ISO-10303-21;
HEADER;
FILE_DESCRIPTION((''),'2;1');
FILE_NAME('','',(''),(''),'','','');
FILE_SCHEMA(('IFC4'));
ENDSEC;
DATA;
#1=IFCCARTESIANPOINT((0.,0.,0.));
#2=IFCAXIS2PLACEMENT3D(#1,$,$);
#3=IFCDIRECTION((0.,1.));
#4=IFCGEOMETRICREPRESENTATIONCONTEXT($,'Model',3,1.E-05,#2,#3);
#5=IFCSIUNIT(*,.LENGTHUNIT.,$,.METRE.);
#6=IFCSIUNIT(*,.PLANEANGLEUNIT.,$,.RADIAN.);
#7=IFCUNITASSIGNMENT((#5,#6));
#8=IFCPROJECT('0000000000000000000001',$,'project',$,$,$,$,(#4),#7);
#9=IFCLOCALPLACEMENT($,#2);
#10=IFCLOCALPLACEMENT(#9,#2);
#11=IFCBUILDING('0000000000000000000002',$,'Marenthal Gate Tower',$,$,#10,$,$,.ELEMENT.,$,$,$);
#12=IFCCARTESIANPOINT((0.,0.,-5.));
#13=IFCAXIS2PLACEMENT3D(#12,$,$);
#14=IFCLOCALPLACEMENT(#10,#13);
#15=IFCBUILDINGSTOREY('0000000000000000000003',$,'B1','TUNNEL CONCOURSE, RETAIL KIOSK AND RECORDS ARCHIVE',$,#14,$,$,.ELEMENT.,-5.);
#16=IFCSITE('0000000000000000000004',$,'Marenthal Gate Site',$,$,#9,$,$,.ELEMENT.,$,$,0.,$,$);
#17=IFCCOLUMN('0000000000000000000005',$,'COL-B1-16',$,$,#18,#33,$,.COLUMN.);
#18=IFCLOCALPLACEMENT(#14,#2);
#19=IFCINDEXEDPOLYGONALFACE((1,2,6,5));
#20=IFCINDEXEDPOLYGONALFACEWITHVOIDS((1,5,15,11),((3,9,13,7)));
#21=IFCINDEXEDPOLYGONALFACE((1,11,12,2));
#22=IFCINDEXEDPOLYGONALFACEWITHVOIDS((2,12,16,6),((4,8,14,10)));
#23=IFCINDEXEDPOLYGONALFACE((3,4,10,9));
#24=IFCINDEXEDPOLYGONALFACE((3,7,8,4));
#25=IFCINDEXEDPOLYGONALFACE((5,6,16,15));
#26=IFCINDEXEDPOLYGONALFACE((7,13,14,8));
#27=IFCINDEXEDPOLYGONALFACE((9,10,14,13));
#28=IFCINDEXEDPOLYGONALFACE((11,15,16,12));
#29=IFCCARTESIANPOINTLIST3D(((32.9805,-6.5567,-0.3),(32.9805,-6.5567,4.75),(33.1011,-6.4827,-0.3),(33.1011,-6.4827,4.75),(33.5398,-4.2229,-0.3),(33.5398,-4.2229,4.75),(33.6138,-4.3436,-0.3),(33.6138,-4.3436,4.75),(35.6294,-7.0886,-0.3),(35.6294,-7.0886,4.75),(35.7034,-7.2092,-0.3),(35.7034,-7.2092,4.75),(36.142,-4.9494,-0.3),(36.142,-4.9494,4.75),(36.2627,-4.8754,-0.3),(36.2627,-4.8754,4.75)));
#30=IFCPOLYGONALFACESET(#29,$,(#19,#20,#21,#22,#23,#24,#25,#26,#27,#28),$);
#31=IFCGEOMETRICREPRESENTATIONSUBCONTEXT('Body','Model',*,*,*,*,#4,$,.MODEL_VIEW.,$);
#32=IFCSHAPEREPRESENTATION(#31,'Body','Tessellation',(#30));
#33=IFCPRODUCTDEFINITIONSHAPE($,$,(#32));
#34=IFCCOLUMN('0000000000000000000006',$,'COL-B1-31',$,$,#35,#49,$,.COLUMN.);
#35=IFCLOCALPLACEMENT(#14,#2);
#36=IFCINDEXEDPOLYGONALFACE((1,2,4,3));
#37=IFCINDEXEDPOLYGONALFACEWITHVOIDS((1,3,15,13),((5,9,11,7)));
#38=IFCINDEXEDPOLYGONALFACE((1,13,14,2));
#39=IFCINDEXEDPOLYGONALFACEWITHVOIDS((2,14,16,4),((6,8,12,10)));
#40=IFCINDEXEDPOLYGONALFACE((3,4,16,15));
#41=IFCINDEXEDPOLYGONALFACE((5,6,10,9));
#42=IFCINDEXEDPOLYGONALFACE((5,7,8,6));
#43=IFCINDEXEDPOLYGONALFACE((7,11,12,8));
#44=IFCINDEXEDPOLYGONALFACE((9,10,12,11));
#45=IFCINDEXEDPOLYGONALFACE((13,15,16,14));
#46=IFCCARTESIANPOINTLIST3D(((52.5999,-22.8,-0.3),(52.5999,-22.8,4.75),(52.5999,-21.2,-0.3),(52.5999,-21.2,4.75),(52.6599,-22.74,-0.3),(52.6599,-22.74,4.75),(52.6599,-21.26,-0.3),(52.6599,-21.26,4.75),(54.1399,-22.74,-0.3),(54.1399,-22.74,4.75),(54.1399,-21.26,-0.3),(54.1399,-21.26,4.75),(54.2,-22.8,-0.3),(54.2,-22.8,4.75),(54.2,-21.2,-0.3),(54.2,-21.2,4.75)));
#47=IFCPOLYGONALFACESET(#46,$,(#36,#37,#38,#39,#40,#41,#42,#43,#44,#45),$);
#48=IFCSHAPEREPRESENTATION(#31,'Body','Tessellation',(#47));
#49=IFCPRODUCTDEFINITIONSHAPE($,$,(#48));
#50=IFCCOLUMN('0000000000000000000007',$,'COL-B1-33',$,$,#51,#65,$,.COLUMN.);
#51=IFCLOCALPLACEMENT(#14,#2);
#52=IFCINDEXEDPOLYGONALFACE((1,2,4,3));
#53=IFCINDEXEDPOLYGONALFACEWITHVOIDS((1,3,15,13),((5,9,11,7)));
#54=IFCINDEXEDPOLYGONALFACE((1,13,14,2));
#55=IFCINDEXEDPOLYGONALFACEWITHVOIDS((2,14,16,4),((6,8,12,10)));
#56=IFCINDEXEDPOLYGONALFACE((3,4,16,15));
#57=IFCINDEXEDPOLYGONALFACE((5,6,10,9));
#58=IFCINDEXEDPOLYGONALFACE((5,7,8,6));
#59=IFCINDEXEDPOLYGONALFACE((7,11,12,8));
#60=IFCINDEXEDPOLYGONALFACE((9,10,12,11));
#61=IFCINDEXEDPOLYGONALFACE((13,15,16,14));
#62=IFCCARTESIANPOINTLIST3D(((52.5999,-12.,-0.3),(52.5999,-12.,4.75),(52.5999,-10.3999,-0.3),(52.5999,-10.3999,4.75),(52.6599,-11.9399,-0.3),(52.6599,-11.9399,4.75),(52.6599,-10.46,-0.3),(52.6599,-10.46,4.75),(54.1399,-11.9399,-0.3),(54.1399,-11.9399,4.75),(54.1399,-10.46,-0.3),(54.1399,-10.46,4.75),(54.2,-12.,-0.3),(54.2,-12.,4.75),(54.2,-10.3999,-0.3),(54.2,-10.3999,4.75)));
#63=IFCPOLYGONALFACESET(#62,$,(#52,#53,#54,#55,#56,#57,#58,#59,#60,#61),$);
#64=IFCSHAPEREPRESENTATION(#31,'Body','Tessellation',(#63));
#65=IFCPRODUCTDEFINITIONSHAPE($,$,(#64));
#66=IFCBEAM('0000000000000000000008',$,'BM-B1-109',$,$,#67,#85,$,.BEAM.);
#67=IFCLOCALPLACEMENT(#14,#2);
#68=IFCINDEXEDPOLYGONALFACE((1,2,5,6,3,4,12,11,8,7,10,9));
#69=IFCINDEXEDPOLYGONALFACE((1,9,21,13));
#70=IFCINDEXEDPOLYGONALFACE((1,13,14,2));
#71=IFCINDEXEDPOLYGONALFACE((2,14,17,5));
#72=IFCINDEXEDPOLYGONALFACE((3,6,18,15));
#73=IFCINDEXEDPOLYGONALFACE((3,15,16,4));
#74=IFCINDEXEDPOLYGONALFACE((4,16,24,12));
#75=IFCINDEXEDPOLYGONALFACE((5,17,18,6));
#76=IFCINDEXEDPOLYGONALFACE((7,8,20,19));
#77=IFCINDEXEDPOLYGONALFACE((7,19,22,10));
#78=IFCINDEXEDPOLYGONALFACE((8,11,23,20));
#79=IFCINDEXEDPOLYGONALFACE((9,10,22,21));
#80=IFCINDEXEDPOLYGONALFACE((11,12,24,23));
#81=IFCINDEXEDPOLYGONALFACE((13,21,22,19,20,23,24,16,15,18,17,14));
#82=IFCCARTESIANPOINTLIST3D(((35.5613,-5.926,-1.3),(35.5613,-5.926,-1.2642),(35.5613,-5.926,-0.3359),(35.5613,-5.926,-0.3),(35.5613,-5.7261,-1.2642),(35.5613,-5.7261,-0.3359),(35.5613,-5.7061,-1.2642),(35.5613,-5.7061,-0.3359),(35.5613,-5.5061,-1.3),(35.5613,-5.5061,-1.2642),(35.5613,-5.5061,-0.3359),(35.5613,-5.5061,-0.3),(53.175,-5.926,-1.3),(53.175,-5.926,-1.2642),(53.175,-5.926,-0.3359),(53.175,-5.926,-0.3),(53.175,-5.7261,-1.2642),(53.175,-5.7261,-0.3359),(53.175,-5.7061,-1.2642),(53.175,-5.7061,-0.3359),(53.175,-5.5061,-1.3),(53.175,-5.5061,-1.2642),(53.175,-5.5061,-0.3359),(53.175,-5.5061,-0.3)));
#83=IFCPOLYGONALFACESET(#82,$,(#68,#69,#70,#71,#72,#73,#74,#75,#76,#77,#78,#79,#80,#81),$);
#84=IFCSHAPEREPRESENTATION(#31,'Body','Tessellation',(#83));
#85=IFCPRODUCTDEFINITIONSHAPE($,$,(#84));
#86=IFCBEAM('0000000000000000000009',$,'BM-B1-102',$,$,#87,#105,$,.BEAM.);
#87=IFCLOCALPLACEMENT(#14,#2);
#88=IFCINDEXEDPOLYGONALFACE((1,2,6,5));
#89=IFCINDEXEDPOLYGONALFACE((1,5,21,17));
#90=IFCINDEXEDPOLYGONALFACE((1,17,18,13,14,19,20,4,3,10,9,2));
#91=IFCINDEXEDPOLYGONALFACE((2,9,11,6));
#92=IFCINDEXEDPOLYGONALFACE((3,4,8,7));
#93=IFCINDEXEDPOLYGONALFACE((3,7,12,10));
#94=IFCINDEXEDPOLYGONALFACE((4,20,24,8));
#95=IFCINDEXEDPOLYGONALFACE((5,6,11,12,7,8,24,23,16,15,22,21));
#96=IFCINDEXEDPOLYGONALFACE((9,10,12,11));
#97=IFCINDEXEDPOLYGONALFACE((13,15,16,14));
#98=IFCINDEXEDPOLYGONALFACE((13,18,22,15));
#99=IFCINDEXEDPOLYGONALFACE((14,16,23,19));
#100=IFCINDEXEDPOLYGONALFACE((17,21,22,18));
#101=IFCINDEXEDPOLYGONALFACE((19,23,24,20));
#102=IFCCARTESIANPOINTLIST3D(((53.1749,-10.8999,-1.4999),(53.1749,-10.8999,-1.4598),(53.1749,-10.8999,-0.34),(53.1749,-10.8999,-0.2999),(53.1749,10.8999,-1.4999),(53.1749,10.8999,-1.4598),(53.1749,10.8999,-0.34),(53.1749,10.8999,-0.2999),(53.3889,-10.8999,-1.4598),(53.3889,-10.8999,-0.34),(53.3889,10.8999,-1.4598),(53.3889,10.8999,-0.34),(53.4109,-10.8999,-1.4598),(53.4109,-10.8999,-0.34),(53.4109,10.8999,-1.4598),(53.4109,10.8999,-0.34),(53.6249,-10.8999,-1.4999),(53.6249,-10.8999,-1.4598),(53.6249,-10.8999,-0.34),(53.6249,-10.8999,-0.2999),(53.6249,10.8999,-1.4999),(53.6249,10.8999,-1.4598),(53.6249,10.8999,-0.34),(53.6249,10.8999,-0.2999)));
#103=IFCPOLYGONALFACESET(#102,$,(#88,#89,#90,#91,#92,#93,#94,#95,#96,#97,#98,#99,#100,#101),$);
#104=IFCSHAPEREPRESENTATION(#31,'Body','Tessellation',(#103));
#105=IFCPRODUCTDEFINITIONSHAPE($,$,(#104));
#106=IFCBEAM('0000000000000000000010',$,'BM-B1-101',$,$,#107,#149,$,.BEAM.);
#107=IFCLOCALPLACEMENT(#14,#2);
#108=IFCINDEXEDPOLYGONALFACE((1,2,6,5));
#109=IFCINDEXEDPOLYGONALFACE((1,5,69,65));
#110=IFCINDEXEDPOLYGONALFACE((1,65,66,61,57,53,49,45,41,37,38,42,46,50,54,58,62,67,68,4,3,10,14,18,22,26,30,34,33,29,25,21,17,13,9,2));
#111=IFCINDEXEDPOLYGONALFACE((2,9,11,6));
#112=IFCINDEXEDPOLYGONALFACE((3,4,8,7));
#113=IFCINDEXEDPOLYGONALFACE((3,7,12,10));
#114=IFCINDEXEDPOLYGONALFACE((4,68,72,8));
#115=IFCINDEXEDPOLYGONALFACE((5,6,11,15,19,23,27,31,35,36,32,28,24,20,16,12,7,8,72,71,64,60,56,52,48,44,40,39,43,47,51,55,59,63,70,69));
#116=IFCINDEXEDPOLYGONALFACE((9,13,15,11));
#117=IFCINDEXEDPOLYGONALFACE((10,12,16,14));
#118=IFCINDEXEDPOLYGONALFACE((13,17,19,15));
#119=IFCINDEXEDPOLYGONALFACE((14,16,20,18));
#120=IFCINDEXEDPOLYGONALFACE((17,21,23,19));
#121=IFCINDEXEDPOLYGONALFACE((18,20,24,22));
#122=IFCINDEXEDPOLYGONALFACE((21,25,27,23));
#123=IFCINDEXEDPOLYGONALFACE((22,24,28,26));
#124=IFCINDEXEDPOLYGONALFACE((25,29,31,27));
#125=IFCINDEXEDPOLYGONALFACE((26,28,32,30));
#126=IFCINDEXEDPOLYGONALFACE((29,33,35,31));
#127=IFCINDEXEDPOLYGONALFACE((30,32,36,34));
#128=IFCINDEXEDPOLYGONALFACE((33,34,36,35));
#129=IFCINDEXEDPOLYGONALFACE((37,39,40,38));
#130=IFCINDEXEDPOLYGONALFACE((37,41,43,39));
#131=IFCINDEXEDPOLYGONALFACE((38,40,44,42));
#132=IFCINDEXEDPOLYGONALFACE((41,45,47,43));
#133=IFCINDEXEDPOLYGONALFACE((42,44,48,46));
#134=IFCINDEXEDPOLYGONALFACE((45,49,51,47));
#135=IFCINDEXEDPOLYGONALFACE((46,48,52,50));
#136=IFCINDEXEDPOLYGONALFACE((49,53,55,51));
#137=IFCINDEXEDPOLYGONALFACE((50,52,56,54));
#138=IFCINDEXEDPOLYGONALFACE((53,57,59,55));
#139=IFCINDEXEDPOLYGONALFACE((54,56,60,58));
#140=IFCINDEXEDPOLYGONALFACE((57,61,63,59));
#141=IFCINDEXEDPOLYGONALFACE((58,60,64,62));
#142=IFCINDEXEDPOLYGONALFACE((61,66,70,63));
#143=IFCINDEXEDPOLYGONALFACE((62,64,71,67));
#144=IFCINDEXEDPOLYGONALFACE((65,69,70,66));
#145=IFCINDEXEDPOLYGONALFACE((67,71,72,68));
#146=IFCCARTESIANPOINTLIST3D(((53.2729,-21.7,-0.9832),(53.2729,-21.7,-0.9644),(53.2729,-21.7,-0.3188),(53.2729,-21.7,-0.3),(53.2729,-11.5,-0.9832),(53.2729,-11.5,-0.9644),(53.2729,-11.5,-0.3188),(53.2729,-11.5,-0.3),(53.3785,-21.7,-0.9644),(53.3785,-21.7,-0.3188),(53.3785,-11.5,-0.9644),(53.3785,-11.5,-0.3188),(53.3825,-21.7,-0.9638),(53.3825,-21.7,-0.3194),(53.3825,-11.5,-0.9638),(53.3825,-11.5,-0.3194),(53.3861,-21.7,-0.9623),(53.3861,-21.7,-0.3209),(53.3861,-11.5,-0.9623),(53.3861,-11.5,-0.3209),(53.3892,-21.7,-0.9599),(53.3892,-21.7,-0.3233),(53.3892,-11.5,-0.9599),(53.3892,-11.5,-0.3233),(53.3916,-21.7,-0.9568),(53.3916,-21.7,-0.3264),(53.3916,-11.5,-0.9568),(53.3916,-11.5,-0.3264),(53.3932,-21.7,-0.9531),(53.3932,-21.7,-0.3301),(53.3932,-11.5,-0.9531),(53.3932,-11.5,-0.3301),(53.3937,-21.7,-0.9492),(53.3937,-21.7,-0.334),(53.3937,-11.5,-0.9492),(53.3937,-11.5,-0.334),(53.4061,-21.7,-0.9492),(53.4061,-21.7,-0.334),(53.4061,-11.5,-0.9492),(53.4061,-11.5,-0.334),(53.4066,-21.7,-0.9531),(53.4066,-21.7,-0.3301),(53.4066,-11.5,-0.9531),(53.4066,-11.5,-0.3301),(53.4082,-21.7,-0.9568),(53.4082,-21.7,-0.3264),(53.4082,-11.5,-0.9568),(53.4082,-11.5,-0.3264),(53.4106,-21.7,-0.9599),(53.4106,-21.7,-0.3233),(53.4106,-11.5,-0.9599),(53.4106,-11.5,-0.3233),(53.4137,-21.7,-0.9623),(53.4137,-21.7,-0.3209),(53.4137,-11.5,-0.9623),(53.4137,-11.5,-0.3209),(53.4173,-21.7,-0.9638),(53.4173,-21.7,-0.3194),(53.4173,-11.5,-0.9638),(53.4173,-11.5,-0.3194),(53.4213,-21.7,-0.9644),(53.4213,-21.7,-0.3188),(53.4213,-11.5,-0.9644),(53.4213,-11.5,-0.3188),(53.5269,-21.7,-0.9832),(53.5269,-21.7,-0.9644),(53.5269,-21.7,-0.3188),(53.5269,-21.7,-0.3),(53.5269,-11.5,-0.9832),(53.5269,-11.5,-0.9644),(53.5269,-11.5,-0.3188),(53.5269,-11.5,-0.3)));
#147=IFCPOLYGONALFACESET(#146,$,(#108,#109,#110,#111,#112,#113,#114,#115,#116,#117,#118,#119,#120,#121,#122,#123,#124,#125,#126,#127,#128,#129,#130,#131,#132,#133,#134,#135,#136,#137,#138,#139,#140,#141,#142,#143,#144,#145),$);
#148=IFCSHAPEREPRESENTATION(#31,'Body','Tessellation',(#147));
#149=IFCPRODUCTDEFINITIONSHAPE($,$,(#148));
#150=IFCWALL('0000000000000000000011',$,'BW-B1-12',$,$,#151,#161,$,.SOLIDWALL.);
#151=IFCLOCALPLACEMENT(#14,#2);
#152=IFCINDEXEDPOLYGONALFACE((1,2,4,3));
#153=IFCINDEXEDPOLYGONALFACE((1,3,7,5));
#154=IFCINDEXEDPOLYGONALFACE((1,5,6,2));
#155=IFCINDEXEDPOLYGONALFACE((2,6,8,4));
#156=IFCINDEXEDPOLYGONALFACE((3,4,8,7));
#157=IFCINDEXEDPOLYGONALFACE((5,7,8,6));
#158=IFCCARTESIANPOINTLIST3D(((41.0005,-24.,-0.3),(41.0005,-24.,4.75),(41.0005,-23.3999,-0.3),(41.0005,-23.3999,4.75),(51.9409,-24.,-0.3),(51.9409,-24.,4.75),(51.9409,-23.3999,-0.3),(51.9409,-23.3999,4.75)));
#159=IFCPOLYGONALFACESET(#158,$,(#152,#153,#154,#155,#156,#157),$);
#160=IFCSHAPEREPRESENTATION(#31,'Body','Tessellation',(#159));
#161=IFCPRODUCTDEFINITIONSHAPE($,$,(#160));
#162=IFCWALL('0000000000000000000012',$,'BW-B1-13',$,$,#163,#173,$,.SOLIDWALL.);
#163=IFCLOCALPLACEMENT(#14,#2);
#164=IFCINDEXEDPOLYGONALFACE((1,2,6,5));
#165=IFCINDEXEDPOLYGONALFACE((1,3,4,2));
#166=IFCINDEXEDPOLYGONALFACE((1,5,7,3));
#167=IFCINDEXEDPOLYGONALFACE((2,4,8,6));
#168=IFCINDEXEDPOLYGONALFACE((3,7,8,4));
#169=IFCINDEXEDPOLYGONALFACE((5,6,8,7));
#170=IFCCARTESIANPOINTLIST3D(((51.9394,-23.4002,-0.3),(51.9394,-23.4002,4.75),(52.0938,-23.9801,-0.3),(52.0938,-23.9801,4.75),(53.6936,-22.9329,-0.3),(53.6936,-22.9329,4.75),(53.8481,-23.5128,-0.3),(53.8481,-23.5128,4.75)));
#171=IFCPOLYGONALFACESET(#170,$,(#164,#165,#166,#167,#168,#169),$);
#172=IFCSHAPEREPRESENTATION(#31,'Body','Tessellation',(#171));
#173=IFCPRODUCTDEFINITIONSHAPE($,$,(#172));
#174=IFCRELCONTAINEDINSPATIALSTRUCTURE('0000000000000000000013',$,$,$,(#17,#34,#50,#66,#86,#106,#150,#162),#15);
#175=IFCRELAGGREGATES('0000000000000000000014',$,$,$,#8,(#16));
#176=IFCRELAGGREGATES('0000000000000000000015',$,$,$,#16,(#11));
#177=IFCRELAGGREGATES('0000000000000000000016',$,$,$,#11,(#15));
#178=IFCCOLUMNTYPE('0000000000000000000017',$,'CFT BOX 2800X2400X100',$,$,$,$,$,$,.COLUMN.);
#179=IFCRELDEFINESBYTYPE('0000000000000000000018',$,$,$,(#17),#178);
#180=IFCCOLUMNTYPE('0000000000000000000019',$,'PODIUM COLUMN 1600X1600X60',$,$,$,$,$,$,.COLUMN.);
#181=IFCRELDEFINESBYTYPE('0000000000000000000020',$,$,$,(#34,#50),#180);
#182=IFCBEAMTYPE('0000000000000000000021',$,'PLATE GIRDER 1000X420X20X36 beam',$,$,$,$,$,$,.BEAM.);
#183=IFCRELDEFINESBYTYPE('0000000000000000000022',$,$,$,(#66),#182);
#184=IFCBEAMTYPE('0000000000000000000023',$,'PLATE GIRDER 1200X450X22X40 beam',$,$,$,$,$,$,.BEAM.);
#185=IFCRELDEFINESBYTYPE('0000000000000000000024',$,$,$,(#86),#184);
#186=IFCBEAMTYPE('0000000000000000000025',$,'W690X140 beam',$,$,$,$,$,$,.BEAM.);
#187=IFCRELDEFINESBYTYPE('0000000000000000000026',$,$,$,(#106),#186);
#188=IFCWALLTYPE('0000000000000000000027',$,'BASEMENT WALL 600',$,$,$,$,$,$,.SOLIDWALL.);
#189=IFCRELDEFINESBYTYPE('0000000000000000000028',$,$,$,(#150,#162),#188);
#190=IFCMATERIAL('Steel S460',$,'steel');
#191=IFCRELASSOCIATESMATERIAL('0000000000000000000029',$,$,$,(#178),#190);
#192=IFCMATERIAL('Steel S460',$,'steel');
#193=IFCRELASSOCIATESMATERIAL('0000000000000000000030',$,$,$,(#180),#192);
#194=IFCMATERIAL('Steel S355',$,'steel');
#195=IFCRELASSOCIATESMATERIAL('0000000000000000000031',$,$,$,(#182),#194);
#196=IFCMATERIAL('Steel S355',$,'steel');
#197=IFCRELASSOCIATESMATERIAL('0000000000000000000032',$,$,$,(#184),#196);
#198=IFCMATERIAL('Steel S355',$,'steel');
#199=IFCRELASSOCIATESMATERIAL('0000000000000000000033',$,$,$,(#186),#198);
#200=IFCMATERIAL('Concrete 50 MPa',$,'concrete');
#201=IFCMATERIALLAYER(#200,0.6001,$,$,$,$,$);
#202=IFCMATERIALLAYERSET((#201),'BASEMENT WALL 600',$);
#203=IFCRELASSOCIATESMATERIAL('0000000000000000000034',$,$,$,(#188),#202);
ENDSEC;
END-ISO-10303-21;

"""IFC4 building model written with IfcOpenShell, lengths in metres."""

from ifc_helpers import new_model, si_unit, direction, frame, frame_2d, origin, origin_2d, place, context, subcontext, project, spatial, rectangle, hollow_rectangle, i_section, extrude, material, layer, layer_set, material_profile, profile_set, type_object, element, save


model = new_model("IFC4")

# Units and contexts
model_context = context("Model", 3, precision=1e-05, world=origin(), true_north=direction((0.0, 1.0)))
body_context = subcontext(model_context, "Body", "Model", "MODEL_VIEW")
ifc_project = project(units=[si_unit("LENGTHUNIT", "METRE"), si_unit("PLANEANGLEUNIT", "RADIAN")], contexts=[model_context])

# Site, building, storey
site_placement = place(None, origin())
site = spatial("IfcSite", under=ifc_project, at=site_placement, Name="Marenthal Gate Site", CompositionType="ELEMENT", RefElevation=0.0)
building_placement = place(site_placement, origin())
building = spatial("IfcBuilding", under=site, at=building_placement, Name="Marenthal Gate Tower", CompositionType="ELEMENT")
storey_placement = place(building_placement, frame((0.0, 0.0, -5.0)))
storey = spatial("IfcBuildingStorey", under=building, at=storey_placement, Name="B1", Description="TUNNEL CONCOURSE, RETAIL KIOSK AND RECORDS ARCHIVE", CompositionType="ELEMENT", Elevation=-5.0)

# Columns
ifc_material_1 = material(Name="Steel S460", Category="steel")
ifc_material_profile_1 = material_profile(ifc_material_1, hollow_rectangle(XDim=2.3999, YDim=2.8, WallThickness=0.1001, at=origin_2d()), Name="CFT BOX 2800X2400X100")
ifc_material_2 = material(Name="Concrete 70 MPa", Category="concrete")
ifc_material_profile_2 = material_profile(ifc_material_2, rectangle(XDim=2.2, YDim=2.6001, at=origin_2d()), Name="CFT BOX 2800X2400X100 INFILL")
ifc_profile_set_1 = profile_set([ifc_material_profile_1, ifc_material_profile_2], Name="Steel S460 shell, Concrete 70 MPa infill")
column_type_1 = type_object("IfcColumnType", Name="CFT BOX 2800X2400X100", PredefinedType="COLUMN", material=ifc_profile_set_1)
column_placement = place(storey_placement, frame((34.6216, -5.7161, -0.3), z_axis=(0.0, 0.0, 1.0), x_axis=(-0.233047, -0.972466, 0.0)))
element("IfcColumn", 1, at=column_placement, inside=storey, type_object=column_type_1, Name="COL-B1-16", PredefinedType="COLUMN", context=body_context, shape_type="SweptSolid", body=[
    extrude(hollow_rectangle(XDim=2.3999, YDim=2.8, WallThickness=0.1001, at=origin_2d()), origin(), (0.0, 0.0, 1.0), 5.05),
])
ifc_material_3 = material(Name="Steel S460", Category="steel")
ifc_material_profile_3 = material_profile(ifc_material_3, hollow_rectangle(XDim=1.6001, YDim=1.6001, WallThickness=0.0601, at=origin_2d()), Name="CFT BOX 1600X1600X60")
ifc_material_4 = material(Name="Concrete 70 MPa", Category="concrete")
ifc_material_profile_4 = material_profile(ifc_material_4, rectangle(XDim=1.48, YDim=1.48, at=origin_2d()), Name="CFT BOX 1600X1600X60 INFILL")
ifc_profile_set_2 = profile_set([ifc_material_profile_3, ifc_material_profile_4], Name="Steel S460 shell, Concrete 70 MPa infill")
column_type_2 = type_object("IfcColumnType", Name="PODIUM COLUMN 1600X1600X60", PredefinedType="COLUMN", material=ifc_profile_set_2)
for number, where, z_axis, x_axis, name in (
    (2, (53.3999, -22.0, -0.3), (0.0, 0.0, 1.0), (1.0, 0.0, 0.0), "COL-B1-31"),
    (3, (53.3999, -11.2, -0.3), (0.0, 0.0, 1.0), (1.0, 0.0, 0.0), "COL-B1-33"),
):
    element("IfcColumn", number, at=place(storey_placement, frame(where, z_axis=z_axis, x_axis=x_axis)), inside=storey, type_object=column_type_2, Name=name, PredefinedType="COLUMN", context=body_context, shape_type="SweptSolid", body=[
        extrude(hollow_rectangle(XDim=1.6001, YDim=1.6001, WallThickness=0.0601, at=origin_2d()), origin(), (0.0, 0.0, 1.0), 5.05),
    ])

# Beams
ifc_material_5 = material(Name="Steel S355", Category="steel")
ifc_material_profile_5 = material_profile(ifc_material_5, i_section(OverallWidth=0.4199, OverallDepth=1.0, WebThickness=0.02, FlangeThickness=0.0359, at=origin_2d()), Name="PLATE GIRDER 1000X420X20X36")
ifc_profile_set_3 = profile_set([ifc_material_profile_5], Name="Steel S355")
beam_type_1 = type_object("IfcBeamType", Name="PLATE GIRDER 1000X420X20X36 beam", PredefinedType="BEAM", material=ifc_profile_set_3)
beam_1_placement = place(storey_placement, frame((35.5613, -5.7161, -0.8), z_axis=(1.0, 0.0, 0.0), x_axis=(0.0, 1.0, 0.0)))
element("IfcBeam", 4, at=beam_1_placement, inside=storey, type_object=beam_type_1, Name="BM-B1-109", PredefinedType="BEAM", context=body_context, shape_type="SweptSolid", body=[
    extrude(i_section(OverallWidth=0.4199, OverallDepth=1.0, WebThickness=0.02, FlangeThickness=0.0359, at=origin_2d()), origin(), (0.0, 0.0, 1.0), 17.6138),
])
ifc_material_6 = material(Name="Steel S355", Category="steel")
ifc_material_profile_6 = material_profile(ifc_material_6, i_section(OverallWidth=0.45, OverallDepth=1.2, WebThickness=0.022, FlangeThickness=0.04, at=origin_2d()), Name="PLATE GIRDER 1200X450X22X40")
ifc_profile_set_4 = profile_set([ifc_material_profile_6], Name="Steel S355")
beam_type_2 = type_object("IfcBeamType", Name="PLATE GIRDER 1200X450X22X40 beam", PredefinedType="BEAM", material=ifc_profile_set_4)
beam_2_placement = place(storey_placement, frame((53.3999, -10.8999, -0.8999), z_axis=(0.0, 1.0, 0.0), x_axis=(-1.0, 0.0, 0.0)))
element("IfcBeam", 5, at=beam_2_placement, inside=storey, type_object=beam_type_2, Name="BM-B1-102", PredefinedType="BEAM", context=body_context, shape_type="SweptSolid", body=[
    extrude(i_section(OverallWidth=0.45, OverallDepth=1.2, WebThickness=0.022, FlangeThickness=0.04, at=origin_2d()), origin(), (0.0, 0.0, 1.0), 21.7998),
])
ifc_material_7 = material(Name="Steel S355", Category="steel")
ifc_material_profile_7 = material_profile(ifc_material_7, i_section(OverallWidth=0.2539, OverallDepth=0.6831, WebThickness=0.0125, FlangeThickness=0.0188, FilletRadius=0.0151, at=origin_2d()), Name="W690X140")
ifc_profile_set_5 = profile_set([ifc_material_profile_7], Name="Steel S355")
beam_type_3 = type_object("IfcBeamType", Name="W690X140 beam", PredefinedType="BEAM", material=ifc_profile_set_5)
beam_3_placement = place(storey_placement, frame((53.3999, -21.7, -0.6416), z_axis=(0.0, 1.0, 0.0), x_axis=(-1.0, 0.0, 0.0)))
element("IfcBeam", 6, at=beam_3_placement, inside=storey, type_object=beam_type_3, Name="BM-B1-101", PredefinedType="BEAM", context=body_context, shape_type="SweptSolid", body=[
    extrude(i_section(OverallWidth=0.2539, OverallDepth=0.6831, WebThickness=0.0125, FlangeThickness=0.0188, FilletRadius=0.0151, at=origin_2d()), origin(), (0.0, 0.0, 1.0), 10.2),
])

# Walls
ifc_material_8 = material(Name="Concrete 50 MPa", Category="concrete")
ifc_layer_1 = layer(ifc_material_8, 0.6001)
ifc_layer_set_1 = layer_set([ifc_layer_1], Name="BASEMENT WALL 600")
wall_type_1 = type_object("IfcWallType", Name="BASEMENT WALL 600", PredefinedType="SOLIDWALL", material=ifc_layer_set_1)
wall_1_placement = place(storey_placement, frame((41.0005, -23.7, -0.3), z_axis=(0.0, 0.0, 1.0), x_axis=(1.0, 0.0, 0.0)))
element("IfcWall", 7, at=wall_1_placement, inside=storey, type_object=wall_type_1, Name="BW-B1-12", PredefinedType="SOLIDWALL", context=body_context, shape_type="SweptSolid", body=[
    extrude(rectangle(XDim=10.9404, YDim=0.6001, at=frame_2d((5.4702, 0.0))), origin(), (0.0, 0.0, 1.0), 5.05),
])
wall_2_placement = place(storey_placement, frame((52.0166, -23.6902, -0.3), z_axis=(0.0, 0.0, 1.0), x_axis=(0.966302, 0.257412, 0.0)))
element("IfcWall", 8, at=wall_2_placement, inside=storey, type_object=wall_type_1, Name="BW-B1-13", PredefinedType="SOLIDWALL", context=body_context, shape_type="SweptSolid", body=[
    extrude(rectangle(XDim=1.8154, YDim=0.6001, at=frame_2d((0.9077, 0.0))), origin(), (0.0, 0.0, 1.0), 5.05),
])

save(model, "model.ifc")
